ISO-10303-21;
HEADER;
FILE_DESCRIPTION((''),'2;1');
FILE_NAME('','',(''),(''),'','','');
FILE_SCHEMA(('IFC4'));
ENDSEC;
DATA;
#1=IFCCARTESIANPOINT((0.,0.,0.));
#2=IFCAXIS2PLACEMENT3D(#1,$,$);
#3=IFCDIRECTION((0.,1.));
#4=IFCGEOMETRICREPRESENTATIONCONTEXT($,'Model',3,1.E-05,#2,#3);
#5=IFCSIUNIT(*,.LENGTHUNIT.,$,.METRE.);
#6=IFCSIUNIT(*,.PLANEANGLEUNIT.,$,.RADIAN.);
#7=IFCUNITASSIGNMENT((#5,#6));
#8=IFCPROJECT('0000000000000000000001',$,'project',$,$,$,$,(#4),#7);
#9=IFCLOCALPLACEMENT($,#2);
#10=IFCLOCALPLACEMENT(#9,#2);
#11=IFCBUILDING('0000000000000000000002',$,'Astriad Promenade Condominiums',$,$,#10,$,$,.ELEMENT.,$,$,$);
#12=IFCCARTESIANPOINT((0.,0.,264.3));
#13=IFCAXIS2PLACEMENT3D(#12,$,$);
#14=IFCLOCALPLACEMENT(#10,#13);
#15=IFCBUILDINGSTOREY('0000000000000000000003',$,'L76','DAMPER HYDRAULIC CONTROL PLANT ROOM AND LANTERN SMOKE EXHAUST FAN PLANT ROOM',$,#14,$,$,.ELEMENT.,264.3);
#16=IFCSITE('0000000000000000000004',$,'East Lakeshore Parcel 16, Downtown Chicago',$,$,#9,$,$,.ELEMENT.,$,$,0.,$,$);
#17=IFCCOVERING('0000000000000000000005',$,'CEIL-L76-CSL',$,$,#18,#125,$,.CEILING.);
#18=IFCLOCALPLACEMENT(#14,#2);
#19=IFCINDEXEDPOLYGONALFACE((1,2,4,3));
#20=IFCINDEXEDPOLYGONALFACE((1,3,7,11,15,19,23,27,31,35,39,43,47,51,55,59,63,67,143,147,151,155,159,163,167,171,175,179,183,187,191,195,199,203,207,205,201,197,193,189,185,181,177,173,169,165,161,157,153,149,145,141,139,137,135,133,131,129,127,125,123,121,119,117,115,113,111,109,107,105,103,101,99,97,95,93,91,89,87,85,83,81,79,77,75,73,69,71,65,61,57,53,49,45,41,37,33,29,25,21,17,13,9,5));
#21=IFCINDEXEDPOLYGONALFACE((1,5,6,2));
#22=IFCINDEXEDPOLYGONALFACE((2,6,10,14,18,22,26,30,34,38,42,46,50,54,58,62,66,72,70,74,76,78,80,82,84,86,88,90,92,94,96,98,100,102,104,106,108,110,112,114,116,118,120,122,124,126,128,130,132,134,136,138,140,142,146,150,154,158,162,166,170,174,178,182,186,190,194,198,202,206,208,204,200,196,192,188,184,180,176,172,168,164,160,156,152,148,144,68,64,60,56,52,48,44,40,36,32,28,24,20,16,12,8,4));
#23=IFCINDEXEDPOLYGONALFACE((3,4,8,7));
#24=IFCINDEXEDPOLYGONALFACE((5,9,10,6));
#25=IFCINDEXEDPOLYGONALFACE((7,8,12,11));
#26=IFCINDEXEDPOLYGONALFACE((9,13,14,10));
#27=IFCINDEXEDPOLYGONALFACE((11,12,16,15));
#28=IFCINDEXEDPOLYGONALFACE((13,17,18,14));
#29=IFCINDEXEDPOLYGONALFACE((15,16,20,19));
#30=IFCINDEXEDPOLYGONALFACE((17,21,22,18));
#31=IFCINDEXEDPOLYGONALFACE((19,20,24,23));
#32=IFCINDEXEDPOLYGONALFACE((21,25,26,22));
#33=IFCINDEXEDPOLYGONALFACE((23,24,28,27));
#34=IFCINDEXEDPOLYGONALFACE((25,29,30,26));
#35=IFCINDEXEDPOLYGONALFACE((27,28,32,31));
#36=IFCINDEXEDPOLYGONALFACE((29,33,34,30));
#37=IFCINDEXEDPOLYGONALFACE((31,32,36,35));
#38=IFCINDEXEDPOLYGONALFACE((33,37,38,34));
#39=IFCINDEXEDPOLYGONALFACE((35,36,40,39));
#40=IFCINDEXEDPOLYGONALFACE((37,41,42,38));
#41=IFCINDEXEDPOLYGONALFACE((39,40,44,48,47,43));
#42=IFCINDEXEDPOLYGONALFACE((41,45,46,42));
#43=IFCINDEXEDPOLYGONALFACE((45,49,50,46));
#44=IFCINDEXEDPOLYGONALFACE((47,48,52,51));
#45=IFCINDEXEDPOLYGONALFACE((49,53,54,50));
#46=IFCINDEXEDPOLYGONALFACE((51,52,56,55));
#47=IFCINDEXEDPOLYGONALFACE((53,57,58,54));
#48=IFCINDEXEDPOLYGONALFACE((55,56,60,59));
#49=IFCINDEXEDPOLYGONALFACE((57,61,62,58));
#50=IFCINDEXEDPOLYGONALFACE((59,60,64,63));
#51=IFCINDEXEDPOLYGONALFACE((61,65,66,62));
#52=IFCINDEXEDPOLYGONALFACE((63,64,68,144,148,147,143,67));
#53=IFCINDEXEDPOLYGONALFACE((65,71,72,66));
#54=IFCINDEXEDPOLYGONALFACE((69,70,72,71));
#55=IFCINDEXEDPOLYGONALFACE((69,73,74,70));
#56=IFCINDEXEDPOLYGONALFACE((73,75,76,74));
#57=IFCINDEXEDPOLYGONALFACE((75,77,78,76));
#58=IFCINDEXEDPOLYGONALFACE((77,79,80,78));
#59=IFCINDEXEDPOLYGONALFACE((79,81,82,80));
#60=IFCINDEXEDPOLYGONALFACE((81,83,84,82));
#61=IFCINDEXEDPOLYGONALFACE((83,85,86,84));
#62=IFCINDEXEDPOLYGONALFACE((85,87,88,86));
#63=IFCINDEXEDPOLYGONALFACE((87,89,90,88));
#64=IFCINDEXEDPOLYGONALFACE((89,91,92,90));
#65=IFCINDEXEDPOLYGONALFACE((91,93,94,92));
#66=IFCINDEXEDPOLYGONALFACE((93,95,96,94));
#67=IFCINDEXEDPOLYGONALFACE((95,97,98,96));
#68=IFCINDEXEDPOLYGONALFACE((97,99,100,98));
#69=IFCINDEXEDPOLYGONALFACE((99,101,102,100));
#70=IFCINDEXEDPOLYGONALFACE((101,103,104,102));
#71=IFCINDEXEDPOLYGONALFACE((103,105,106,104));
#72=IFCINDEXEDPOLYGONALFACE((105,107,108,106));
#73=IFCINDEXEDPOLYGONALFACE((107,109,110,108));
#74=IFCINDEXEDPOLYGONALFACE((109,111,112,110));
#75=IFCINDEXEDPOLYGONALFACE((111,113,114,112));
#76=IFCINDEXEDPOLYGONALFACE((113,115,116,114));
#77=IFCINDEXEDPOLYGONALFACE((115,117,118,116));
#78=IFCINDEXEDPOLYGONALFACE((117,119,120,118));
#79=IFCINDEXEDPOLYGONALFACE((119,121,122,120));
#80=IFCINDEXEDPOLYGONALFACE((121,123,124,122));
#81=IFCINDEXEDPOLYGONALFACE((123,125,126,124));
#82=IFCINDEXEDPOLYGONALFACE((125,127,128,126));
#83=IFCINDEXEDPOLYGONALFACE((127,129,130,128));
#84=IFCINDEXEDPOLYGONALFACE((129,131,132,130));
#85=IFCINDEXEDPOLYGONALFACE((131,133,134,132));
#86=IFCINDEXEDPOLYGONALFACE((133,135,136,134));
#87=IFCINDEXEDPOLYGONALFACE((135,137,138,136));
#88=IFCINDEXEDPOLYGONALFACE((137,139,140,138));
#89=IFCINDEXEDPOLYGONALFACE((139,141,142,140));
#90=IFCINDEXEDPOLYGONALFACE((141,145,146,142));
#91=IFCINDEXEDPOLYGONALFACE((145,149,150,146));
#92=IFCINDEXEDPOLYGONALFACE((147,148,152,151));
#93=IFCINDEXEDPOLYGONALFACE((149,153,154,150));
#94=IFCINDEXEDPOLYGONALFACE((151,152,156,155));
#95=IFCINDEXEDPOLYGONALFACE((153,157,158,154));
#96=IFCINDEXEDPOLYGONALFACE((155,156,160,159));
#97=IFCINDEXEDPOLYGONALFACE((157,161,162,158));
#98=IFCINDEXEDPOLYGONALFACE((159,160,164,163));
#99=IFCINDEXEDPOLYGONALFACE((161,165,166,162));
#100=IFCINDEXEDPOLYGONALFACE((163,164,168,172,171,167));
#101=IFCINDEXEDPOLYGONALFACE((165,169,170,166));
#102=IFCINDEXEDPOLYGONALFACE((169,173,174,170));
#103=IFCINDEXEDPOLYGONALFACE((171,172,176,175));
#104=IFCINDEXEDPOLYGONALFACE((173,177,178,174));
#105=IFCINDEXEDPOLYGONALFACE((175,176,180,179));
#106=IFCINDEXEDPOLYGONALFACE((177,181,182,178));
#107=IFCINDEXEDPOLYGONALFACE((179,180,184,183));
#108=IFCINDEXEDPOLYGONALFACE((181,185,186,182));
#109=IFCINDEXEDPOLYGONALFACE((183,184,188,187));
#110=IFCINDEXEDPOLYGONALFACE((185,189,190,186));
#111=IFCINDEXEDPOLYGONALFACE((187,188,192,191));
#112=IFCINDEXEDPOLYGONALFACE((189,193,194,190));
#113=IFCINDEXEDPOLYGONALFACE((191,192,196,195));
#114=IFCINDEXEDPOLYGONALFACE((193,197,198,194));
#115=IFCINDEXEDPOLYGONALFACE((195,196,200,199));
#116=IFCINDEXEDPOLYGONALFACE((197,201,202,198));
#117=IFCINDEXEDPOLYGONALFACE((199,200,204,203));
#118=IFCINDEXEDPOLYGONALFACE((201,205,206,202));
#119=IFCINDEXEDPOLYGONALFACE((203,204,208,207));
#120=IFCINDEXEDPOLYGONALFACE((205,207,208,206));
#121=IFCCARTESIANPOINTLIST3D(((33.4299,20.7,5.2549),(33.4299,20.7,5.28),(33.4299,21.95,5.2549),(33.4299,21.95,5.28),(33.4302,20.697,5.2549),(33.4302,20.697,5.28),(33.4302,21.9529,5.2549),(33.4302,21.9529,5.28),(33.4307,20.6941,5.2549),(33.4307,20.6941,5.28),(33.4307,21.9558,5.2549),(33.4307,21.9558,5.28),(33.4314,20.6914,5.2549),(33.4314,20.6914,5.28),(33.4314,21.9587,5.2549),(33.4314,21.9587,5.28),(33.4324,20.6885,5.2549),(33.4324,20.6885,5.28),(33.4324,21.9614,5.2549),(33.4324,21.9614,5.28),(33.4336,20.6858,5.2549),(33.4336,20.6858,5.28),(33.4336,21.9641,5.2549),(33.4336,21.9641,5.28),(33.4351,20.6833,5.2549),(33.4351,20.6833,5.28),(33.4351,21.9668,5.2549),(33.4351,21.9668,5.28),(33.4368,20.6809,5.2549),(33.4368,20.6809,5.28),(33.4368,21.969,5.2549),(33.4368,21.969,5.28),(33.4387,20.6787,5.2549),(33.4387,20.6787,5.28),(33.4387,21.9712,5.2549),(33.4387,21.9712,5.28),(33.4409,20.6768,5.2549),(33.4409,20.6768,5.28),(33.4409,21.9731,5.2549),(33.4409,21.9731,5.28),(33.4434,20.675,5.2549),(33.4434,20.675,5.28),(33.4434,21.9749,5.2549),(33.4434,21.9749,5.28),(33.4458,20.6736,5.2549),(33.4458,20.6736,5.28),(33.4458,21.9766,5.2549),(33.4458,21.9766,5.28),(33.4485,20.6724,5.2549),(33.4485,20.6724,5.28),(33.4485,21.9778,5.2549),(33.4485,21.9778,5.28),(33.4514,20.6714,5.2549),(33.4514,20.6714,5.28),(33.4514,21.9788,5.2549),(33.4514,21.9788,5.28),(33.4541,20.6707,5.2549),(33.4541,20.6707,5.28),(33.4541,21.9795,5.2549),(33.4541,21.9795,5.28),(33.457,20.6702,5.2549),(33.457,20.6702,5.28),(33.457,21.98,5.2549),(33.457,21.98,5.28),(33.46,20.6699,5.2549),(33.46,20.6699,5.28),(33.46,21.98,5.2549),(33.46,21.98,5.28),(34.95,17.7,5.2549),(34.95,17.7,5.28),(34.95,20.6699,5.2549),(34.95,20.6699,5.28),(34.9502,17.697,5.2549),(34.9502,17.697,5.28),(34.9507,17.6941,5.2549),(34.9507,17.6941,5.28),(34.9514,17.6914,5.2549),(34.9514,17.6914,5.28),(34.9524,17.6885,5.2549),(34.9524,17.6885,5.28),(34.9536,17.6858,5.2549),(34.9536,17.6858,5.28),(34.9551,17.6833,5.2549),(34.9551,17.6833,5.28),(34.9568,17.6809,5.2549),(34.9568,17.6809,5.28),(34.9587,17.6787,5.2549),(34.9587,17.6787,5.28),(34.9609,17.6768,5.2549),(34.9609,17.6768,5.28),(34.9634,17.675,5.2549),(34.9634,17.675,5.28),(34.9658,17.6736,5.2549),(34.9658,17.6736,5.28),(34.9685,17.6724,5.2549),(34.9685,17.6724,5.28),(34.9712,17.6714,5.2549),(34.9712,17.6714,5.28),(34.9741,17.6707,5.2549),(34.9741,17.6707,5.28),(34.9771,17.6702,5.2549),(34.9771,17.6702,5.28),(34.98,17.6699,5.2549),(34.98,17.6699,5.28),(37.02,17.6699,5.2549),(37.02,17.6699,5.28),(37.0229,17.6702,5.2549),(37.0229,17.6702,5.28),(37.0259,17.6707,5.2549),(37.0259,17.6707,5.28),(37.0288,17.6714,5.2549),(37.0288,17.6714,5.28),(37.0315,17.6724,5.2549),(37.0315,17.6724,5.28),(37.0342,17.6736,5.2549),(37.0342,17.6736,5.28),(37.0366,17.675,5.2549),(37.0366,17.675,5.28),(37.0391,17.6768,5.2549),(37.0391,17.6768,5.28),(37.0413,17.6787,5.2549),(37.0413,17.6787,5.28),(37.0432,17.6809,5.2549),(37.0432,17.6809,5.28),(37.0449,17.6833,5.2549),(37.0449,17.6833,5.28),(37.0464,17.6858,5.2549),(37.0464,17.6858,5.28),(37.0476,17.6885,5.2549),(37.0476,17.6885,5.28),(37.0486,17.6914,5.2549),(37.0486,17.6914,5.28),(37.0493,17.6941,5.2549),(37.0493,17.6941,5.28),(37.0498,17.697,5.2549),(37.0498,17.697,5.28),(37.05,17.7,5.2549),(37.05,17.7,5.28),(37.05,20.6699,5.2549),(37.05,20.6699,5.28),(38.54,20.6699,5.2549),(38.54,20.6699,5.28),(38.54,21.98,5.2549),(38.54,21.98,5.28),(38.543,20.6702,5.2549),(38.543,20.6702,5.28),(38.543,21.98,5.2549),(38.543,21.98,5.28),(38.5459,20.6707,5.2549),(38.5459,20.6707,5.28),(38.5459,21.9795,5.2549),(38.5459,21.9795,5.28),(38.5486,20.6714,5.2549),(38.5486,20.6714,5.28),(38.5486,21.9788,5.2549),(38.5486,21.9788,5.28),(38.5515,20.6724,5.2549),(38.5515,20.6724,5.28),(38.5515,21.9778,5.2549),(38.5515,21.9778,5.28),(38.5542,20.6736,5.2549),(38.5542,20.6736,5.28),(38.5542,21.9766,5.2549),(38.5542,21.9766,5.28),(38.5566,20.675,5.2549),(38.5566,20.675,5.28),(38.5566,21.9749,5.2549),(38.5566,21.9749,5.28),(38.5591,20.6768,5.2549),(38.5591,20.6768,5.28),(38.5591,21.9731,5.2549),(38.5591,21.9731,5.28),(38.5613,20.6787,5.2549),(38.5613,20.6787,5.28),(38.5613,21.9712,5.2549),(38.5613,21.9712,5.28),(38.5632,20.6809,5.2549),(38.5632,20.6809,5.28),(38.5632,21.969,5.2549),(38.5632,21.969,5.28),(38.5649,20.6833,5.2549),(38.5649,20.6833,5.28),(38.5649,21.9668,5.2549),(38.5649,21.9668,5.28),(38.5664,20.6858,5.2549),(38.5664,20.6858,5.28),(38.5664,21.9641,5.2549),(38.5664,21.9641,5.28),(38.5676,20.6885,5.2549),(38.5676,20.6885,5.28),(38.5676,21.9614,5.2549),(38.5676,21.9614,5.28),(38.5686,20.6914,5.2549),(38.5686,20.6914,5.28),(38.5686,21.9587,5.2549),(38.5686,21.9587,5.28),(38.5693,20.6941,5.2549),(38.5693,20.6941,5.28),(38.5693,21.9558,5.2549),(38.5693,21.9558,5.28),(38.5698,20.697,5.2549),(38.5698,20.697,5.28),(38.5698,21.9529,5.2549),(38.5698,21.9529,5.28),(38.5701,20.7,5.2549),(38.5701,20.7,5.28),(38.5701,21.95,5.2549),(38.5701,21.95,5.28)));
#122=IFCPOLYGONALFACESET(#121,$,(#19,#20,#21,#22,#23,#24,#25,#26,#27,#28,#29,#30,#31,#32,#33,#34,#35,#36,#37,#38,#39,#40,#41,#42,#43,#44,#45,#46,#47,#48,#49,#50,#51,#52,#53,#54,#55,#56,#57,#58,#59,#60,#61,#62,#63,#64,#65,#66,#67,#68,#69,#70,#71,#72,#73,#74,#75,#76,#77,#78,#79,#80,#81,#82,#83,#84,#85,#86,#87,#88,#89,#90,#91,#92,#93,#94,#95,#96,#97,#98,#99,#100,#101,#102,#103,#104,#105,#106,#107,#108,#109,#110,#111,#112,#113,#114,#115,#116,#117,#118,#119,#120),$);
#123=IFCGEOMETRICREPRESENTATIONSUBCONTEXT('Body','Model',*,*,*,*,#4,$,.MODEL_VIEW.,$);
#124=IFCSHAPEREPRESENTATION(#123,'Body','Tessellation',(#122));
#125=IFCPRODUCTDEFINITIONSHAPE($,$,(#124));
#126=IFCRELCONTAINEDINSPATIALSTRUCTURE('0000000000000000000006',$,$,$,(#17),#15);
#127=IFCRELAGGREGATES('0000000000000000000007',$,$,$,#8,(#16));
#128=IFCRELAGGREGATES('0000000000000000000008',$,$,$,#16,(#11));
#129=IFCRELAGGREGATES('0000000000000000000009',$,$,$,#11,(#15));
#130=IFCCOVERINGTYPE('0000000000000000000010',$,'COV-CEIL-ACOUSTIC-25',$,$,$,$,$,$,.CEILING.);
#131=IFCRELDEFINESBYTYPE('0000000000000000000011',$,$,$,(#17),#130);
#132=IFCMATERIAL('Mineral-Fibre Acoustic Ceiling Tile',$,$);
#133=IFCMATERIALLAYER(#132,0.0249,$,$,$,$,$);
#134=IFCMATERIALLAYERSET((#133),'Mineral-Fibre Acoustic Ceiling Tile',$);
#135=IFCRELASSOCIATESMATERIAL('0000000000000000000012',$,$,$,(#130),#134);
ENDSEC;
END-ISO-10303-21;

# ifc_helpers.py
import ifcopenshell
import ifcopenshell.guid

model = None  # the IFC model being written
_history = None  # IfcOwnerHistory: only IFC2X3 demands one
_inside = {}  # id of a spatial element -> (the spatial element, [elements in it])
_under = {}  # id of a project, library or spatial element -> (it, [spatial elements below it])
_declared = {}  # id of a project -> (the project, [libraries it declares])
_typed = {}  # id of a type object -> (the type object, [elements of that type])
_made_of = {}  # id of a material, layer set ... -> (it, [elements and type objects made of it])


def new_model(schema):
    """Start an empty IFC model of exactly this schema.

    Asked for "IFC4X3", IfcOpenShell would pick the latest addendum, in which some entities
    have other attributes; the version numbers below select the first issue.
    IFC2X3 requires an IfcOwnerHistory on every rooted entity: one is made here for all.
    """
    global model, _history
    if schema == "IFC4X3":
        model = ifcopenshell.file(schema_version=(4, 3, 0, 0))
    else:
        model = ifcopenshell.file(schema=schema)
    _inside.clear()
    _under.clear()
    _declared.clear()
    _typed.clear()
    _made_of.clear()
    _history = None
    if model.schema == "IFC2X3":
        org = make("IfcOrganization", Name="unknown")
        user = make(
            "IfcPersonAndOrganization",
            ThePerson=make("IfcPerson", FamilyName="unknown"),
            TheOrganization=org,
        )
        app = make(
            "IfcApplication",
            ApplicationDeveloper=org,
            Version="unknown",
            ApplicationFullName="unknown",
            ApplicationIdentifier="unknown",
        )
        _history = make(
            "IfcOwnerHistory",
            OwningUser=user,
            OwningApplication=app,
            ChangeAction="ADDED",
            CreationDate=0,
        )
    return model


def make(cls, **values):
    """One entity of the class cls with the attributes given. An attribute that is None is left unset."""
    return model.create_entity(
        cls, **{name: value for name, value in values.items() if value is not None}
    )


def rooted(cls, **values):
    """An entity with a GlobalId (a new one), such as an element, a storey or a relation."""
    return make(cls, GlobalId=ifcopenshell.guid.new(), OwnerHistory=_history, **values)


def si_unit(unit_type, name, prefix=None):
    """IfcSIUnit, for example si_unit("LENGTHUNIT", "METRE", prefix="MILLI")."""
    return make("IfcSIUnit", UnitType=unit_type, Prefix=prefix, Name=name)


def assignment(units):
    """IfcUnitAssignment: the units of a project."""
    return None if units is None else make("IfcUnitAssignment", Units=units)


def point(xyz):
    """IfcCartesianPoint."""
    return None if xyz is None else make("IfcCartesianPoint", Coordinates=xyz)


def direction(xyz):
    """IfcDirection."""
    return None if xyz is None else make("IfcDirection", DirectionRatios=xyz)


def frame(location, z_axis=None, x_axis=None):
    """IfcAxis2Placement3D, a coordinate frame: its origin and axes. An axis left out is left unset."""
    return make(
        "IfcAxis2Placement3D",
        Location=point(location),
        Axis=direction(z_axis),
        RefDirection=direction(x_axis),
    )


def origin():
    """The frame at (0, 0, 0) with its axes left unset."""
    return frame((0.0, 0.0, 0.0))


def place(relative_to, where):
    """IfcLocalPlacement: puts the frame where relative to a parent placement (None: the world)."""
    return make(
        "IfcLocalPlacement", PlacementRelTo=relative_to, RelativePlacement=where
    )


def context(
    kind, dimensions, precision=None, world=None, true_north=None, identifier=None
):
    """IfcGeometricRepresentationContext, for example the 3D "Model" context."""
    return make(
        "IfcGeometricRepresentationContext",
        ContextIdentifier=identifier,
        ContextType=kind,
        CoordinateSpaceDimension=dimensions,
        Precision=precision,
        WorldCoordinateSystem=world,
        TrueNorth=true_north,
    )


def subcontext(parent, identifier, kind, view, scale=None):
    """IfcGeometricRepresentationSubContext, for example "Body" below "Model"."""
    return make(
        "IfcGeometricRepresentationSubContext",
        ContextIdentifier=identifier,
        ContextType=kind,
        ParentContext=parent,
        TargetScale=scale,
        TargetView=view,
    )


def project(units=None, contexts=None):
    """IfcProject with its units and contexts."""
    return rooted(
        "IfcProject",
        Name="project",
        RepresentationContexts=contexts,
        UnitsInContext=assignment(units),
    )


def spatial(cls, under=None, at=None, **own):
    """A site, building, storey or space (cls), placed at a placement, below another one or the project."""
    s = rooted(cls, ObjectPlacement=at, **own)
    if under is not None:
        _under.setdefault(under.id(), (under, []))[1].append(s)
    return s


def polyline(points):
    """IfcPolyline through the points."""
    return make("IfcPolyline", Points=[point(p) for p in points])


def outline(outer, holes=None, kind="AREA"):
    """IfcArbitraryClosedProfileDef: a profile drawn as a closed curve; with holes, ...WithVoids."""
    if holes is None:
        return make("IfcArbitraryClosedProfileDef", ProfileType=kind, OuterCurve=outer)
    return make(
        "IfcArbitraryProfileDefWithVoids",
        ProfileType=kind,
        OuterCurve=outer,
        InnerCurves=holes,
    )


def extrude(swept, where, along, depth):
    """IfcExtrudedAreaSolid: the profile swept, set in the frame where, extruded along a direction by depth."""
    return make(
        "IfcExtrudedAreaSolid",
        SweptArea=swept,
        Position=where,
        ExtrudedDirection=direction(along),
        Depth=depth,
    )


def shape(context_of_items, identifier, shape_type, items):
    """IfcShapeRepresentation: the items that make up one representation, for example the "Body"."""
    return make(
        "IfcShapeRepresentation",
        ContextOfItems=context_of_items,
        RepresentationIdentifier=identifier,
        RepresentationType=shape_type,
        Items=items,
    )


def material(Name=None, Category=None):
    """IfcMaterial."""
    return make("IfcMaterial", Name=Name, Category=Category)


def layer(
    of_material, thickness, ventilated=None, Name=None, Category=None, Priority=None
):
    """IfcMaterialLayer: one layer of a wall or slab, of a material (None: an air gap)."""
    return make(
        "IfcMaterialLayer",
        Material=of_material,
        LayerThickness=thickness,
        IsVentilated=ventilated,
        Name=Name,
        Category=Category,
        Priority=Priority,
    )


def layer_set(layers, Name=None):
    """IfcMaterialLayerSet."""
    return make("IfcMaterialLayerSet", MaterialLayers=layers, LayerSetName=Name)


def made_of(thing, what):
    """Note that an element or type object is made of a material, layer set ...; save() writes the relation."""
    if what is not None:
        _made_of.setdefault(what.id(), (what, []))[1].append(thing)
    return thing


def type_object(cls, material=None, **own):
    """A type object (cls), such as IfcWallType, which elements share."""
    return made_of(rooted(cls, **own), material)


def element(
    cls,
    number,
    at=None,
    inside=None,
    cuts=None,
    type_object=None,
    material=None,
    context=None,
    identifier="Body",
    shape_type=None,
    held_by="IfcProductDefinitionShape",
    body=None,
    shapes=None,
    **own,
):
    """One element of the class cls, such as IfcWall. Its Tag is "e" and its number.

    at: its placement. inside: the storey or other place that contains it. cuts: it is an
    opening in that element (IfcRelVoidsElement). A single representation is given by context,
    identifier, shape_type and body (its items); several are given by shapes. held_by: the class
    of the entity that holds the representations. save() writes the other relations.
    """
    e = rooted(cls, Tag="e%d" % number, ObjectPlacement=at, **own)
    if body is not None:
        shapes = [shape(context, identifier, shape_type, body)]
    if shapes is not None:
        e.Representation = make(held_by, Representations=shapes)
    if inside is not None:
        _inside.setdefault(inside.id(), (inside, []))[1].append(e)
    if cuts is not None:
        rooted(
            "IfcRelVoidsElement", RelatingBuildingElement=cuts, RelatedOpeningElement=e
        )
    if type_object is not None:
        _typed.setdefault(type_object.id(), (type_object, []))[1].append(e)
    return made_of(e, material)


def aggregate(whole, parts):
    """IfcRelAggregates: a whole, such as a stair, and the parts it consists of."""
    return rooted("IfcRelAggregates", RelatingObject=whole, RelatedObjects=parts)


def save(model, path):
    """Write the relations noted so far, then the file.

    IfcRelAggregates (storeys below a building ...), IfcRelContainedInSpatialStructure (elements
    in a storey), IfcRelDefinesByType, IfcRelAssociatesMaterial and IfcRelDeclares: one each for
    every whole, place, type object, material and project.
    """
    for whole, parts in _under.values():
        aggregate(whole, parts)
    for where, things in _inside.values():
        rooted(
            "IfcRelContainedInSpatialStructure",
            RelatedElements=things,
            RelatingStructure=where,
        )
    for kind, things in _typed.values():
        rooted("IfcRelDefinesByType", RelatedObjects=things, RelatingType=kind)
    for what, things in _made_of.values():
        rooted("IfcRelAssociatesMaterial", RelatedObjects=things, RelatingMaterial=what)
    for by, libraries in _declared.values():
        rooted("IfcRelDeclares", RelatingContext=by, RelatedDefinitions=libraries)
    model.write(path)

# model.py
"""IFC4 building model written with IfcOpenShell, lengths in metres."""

from ifc_helpers import new_model, si_unit, direction, frame, origin, place, context, subcontext, project, spatial, polyline, outline, extrude, material, layer, layer_set, type_object, element, save


model = new_model("IFC4")

# Units and contexts
model_context = context("Model", 3, precision=1e-05, world=origin(), true_north=direction((0.0, 1.0)))
body_context = subcontext(model_context, "Body", "Model", "MODEL_VIEW")
ifc_project = project(units=[si_unit("LENGTHUNIT", "METRE"), si_unit("PLANEANGLEUNIT", "RADIAN")], contexts=[model_context])

# Site, building, storey
site_placement = place(None, origin())
site = spatial("IfcSite", under=ifc_project, at=site_placement, Name="East Lakeshore Parcel 16, Downtown Chicago", CompositionType="ELEMENT", RefElevation=0.0)
building_placement = place(site_placement, origin())
building = spatial("IfcBuilding", under=site, at=building_placement, Name="Astriad Promenade Condominiums", CompositionType="ELEMENT")
storey_placement = place(building_placement, frame((0.0, 0.0, 264.3)))
storey = spatial("IfcBuildingStorey", under=building, at=storey_placement, Name="L76", Description="DAMPER HYDRAULIC CONTROL PLANT ROOM AND LANTERN SMOKE EXHAUST FAN PLANT ROOM", CompositionType="ELEMENT", Elevation=264.3)

# Covering
ifc_material_1 = material(Name="Mineral-Fibre Acoustic Ceiling Tile")
ifc_layer_1 = layer(ifc_material_1, 0.0249)
ifc_layer_set_1 = layer_set([ifc_layer_1], Name="Mineral-Fibre Acoustic Ceiling Tile")
covering_type_1 = type_object("IfcCoveringType", Name="COV-CEIL-ACOUSTIC-25", PredefinedType="CEILING", material=ifc_layer_set_1)
covering_1_placement = place(storey_placement, frame((0.0, 0.0, 5.2549)))
element("IfcCovering", 1, at=covering_1_placement, inside=storey, type_object=covering_type_1, Name="CEIL-L76-CSL", PredefinedType="CEILING", context=body_context, shape_type="SweptSolid", body=[
    extrude(outline(polyline([(37.05, 17.7), (37.0498, 17.697), (37.0493, 17.6941), (37.0486, 17.6914), (37.0476, 17.6885), (37.0464, 17.6858), (37.0449, 17.6833), (37.0432, 17.6809), (37.0413, 17.6787), (37.0391, 17.6768), (37.0366, 17.675), (37.0342, 17.6736), (37.0315, 17.6724), (37.0288, 17.6714), (37.0259, 17.6707), (37.0229, 17.6702), (37.02, 17.6699), (34.98, 17.6699), (34.9771, 17.6702), (34.9741, 17.6707), (34.9712, 17.6714), (34.9685, 17.6724), (34.9658, 17.6736), (34.9634, 17.675), (34.9609, 17.6768), (34.9587, 17.6787), (34.9568, 17.6809), (34.9551, 17.6833), (34.9536, 17.6858), (34.9524, 17.6885), (34.9514, 17.6914), (34.9507, 17.6941), (34.9502, 17.697), (34.95, 17.7), (34.95, 20.6699), (33.46, 20.6699), (33.457, 20.6702), (33.4541, 20.6707), (33.4514, 20.6714), (33.4485, 20.6724), (33.4458, 20.6736), (33.4434, 20.675), (33.4409, 20.6768), (33.4387, 20.6787), (33.4368, 20.6809), (33.4351, 20.6833), (33.4336, 20.6858), (33.4324, 20.6885), (33.4314, 20.6914), (33.4307, 20.6941), (33.4302, 20.697), (33.4299, 20.7), (33.4299, 21.95), (33.4302, 21.9529), (33.4307, 21.9558), (33.4314, 21.9587), (33.4324, 21.9614), (33.4336, 21.9641), (33.4351, 21.9668), (33.4368, 21.969), (33.4387, 21.9712), (33.4409, 21.9731), (33.4434, 21.9749), (33.4458, 21.9766), (33.4485, 21.9778), (33.4514, 21.9788), (33.4541, 21.9795), (33.457, 21.98), (33.46, 21.98), (38.54, 21.98), (38.543, 21.98), (38.5459, 21.9795), (38.5486, 21.9788), (38.5515, 21.9778), (38.5542, 21.9766), (38.5566, 21.9749), (38.5591, 21.9731), (38.5613, 21.9712), (38.5632, 21.969), (38.5649, 21.9668), (38.5664, 21.9641), (38.5676, 21.9614), (38.5686, 21.9587), (38.5693, 21.9558), (38.5698, 21.9529), (38.5701, 21.95), (38.5701, 20.7), (38.5698, 20.697), (38.5693, 20.6941), (38.5686, 20.6914), (38.5676, 20.6885), (38.5664, 20.6858), (38.5649, 20.6833), (38.5632, 20.6809), (38.5613, 20.6787), (38.5591, 20.6768), (38.5566, 20.675), (38.5542, 20.6736), (38.5515, 20.6724), (38.5486, 20.6714), (38.5459, 20.6707), (38.543, 20.6702), (38.54, 20.6699), (37.05, 20.6699), (37.05, 17.7)])), origin(), (0.0, 0.0, 1.0), 0.0251),
])

save(model, "model.ifc")
